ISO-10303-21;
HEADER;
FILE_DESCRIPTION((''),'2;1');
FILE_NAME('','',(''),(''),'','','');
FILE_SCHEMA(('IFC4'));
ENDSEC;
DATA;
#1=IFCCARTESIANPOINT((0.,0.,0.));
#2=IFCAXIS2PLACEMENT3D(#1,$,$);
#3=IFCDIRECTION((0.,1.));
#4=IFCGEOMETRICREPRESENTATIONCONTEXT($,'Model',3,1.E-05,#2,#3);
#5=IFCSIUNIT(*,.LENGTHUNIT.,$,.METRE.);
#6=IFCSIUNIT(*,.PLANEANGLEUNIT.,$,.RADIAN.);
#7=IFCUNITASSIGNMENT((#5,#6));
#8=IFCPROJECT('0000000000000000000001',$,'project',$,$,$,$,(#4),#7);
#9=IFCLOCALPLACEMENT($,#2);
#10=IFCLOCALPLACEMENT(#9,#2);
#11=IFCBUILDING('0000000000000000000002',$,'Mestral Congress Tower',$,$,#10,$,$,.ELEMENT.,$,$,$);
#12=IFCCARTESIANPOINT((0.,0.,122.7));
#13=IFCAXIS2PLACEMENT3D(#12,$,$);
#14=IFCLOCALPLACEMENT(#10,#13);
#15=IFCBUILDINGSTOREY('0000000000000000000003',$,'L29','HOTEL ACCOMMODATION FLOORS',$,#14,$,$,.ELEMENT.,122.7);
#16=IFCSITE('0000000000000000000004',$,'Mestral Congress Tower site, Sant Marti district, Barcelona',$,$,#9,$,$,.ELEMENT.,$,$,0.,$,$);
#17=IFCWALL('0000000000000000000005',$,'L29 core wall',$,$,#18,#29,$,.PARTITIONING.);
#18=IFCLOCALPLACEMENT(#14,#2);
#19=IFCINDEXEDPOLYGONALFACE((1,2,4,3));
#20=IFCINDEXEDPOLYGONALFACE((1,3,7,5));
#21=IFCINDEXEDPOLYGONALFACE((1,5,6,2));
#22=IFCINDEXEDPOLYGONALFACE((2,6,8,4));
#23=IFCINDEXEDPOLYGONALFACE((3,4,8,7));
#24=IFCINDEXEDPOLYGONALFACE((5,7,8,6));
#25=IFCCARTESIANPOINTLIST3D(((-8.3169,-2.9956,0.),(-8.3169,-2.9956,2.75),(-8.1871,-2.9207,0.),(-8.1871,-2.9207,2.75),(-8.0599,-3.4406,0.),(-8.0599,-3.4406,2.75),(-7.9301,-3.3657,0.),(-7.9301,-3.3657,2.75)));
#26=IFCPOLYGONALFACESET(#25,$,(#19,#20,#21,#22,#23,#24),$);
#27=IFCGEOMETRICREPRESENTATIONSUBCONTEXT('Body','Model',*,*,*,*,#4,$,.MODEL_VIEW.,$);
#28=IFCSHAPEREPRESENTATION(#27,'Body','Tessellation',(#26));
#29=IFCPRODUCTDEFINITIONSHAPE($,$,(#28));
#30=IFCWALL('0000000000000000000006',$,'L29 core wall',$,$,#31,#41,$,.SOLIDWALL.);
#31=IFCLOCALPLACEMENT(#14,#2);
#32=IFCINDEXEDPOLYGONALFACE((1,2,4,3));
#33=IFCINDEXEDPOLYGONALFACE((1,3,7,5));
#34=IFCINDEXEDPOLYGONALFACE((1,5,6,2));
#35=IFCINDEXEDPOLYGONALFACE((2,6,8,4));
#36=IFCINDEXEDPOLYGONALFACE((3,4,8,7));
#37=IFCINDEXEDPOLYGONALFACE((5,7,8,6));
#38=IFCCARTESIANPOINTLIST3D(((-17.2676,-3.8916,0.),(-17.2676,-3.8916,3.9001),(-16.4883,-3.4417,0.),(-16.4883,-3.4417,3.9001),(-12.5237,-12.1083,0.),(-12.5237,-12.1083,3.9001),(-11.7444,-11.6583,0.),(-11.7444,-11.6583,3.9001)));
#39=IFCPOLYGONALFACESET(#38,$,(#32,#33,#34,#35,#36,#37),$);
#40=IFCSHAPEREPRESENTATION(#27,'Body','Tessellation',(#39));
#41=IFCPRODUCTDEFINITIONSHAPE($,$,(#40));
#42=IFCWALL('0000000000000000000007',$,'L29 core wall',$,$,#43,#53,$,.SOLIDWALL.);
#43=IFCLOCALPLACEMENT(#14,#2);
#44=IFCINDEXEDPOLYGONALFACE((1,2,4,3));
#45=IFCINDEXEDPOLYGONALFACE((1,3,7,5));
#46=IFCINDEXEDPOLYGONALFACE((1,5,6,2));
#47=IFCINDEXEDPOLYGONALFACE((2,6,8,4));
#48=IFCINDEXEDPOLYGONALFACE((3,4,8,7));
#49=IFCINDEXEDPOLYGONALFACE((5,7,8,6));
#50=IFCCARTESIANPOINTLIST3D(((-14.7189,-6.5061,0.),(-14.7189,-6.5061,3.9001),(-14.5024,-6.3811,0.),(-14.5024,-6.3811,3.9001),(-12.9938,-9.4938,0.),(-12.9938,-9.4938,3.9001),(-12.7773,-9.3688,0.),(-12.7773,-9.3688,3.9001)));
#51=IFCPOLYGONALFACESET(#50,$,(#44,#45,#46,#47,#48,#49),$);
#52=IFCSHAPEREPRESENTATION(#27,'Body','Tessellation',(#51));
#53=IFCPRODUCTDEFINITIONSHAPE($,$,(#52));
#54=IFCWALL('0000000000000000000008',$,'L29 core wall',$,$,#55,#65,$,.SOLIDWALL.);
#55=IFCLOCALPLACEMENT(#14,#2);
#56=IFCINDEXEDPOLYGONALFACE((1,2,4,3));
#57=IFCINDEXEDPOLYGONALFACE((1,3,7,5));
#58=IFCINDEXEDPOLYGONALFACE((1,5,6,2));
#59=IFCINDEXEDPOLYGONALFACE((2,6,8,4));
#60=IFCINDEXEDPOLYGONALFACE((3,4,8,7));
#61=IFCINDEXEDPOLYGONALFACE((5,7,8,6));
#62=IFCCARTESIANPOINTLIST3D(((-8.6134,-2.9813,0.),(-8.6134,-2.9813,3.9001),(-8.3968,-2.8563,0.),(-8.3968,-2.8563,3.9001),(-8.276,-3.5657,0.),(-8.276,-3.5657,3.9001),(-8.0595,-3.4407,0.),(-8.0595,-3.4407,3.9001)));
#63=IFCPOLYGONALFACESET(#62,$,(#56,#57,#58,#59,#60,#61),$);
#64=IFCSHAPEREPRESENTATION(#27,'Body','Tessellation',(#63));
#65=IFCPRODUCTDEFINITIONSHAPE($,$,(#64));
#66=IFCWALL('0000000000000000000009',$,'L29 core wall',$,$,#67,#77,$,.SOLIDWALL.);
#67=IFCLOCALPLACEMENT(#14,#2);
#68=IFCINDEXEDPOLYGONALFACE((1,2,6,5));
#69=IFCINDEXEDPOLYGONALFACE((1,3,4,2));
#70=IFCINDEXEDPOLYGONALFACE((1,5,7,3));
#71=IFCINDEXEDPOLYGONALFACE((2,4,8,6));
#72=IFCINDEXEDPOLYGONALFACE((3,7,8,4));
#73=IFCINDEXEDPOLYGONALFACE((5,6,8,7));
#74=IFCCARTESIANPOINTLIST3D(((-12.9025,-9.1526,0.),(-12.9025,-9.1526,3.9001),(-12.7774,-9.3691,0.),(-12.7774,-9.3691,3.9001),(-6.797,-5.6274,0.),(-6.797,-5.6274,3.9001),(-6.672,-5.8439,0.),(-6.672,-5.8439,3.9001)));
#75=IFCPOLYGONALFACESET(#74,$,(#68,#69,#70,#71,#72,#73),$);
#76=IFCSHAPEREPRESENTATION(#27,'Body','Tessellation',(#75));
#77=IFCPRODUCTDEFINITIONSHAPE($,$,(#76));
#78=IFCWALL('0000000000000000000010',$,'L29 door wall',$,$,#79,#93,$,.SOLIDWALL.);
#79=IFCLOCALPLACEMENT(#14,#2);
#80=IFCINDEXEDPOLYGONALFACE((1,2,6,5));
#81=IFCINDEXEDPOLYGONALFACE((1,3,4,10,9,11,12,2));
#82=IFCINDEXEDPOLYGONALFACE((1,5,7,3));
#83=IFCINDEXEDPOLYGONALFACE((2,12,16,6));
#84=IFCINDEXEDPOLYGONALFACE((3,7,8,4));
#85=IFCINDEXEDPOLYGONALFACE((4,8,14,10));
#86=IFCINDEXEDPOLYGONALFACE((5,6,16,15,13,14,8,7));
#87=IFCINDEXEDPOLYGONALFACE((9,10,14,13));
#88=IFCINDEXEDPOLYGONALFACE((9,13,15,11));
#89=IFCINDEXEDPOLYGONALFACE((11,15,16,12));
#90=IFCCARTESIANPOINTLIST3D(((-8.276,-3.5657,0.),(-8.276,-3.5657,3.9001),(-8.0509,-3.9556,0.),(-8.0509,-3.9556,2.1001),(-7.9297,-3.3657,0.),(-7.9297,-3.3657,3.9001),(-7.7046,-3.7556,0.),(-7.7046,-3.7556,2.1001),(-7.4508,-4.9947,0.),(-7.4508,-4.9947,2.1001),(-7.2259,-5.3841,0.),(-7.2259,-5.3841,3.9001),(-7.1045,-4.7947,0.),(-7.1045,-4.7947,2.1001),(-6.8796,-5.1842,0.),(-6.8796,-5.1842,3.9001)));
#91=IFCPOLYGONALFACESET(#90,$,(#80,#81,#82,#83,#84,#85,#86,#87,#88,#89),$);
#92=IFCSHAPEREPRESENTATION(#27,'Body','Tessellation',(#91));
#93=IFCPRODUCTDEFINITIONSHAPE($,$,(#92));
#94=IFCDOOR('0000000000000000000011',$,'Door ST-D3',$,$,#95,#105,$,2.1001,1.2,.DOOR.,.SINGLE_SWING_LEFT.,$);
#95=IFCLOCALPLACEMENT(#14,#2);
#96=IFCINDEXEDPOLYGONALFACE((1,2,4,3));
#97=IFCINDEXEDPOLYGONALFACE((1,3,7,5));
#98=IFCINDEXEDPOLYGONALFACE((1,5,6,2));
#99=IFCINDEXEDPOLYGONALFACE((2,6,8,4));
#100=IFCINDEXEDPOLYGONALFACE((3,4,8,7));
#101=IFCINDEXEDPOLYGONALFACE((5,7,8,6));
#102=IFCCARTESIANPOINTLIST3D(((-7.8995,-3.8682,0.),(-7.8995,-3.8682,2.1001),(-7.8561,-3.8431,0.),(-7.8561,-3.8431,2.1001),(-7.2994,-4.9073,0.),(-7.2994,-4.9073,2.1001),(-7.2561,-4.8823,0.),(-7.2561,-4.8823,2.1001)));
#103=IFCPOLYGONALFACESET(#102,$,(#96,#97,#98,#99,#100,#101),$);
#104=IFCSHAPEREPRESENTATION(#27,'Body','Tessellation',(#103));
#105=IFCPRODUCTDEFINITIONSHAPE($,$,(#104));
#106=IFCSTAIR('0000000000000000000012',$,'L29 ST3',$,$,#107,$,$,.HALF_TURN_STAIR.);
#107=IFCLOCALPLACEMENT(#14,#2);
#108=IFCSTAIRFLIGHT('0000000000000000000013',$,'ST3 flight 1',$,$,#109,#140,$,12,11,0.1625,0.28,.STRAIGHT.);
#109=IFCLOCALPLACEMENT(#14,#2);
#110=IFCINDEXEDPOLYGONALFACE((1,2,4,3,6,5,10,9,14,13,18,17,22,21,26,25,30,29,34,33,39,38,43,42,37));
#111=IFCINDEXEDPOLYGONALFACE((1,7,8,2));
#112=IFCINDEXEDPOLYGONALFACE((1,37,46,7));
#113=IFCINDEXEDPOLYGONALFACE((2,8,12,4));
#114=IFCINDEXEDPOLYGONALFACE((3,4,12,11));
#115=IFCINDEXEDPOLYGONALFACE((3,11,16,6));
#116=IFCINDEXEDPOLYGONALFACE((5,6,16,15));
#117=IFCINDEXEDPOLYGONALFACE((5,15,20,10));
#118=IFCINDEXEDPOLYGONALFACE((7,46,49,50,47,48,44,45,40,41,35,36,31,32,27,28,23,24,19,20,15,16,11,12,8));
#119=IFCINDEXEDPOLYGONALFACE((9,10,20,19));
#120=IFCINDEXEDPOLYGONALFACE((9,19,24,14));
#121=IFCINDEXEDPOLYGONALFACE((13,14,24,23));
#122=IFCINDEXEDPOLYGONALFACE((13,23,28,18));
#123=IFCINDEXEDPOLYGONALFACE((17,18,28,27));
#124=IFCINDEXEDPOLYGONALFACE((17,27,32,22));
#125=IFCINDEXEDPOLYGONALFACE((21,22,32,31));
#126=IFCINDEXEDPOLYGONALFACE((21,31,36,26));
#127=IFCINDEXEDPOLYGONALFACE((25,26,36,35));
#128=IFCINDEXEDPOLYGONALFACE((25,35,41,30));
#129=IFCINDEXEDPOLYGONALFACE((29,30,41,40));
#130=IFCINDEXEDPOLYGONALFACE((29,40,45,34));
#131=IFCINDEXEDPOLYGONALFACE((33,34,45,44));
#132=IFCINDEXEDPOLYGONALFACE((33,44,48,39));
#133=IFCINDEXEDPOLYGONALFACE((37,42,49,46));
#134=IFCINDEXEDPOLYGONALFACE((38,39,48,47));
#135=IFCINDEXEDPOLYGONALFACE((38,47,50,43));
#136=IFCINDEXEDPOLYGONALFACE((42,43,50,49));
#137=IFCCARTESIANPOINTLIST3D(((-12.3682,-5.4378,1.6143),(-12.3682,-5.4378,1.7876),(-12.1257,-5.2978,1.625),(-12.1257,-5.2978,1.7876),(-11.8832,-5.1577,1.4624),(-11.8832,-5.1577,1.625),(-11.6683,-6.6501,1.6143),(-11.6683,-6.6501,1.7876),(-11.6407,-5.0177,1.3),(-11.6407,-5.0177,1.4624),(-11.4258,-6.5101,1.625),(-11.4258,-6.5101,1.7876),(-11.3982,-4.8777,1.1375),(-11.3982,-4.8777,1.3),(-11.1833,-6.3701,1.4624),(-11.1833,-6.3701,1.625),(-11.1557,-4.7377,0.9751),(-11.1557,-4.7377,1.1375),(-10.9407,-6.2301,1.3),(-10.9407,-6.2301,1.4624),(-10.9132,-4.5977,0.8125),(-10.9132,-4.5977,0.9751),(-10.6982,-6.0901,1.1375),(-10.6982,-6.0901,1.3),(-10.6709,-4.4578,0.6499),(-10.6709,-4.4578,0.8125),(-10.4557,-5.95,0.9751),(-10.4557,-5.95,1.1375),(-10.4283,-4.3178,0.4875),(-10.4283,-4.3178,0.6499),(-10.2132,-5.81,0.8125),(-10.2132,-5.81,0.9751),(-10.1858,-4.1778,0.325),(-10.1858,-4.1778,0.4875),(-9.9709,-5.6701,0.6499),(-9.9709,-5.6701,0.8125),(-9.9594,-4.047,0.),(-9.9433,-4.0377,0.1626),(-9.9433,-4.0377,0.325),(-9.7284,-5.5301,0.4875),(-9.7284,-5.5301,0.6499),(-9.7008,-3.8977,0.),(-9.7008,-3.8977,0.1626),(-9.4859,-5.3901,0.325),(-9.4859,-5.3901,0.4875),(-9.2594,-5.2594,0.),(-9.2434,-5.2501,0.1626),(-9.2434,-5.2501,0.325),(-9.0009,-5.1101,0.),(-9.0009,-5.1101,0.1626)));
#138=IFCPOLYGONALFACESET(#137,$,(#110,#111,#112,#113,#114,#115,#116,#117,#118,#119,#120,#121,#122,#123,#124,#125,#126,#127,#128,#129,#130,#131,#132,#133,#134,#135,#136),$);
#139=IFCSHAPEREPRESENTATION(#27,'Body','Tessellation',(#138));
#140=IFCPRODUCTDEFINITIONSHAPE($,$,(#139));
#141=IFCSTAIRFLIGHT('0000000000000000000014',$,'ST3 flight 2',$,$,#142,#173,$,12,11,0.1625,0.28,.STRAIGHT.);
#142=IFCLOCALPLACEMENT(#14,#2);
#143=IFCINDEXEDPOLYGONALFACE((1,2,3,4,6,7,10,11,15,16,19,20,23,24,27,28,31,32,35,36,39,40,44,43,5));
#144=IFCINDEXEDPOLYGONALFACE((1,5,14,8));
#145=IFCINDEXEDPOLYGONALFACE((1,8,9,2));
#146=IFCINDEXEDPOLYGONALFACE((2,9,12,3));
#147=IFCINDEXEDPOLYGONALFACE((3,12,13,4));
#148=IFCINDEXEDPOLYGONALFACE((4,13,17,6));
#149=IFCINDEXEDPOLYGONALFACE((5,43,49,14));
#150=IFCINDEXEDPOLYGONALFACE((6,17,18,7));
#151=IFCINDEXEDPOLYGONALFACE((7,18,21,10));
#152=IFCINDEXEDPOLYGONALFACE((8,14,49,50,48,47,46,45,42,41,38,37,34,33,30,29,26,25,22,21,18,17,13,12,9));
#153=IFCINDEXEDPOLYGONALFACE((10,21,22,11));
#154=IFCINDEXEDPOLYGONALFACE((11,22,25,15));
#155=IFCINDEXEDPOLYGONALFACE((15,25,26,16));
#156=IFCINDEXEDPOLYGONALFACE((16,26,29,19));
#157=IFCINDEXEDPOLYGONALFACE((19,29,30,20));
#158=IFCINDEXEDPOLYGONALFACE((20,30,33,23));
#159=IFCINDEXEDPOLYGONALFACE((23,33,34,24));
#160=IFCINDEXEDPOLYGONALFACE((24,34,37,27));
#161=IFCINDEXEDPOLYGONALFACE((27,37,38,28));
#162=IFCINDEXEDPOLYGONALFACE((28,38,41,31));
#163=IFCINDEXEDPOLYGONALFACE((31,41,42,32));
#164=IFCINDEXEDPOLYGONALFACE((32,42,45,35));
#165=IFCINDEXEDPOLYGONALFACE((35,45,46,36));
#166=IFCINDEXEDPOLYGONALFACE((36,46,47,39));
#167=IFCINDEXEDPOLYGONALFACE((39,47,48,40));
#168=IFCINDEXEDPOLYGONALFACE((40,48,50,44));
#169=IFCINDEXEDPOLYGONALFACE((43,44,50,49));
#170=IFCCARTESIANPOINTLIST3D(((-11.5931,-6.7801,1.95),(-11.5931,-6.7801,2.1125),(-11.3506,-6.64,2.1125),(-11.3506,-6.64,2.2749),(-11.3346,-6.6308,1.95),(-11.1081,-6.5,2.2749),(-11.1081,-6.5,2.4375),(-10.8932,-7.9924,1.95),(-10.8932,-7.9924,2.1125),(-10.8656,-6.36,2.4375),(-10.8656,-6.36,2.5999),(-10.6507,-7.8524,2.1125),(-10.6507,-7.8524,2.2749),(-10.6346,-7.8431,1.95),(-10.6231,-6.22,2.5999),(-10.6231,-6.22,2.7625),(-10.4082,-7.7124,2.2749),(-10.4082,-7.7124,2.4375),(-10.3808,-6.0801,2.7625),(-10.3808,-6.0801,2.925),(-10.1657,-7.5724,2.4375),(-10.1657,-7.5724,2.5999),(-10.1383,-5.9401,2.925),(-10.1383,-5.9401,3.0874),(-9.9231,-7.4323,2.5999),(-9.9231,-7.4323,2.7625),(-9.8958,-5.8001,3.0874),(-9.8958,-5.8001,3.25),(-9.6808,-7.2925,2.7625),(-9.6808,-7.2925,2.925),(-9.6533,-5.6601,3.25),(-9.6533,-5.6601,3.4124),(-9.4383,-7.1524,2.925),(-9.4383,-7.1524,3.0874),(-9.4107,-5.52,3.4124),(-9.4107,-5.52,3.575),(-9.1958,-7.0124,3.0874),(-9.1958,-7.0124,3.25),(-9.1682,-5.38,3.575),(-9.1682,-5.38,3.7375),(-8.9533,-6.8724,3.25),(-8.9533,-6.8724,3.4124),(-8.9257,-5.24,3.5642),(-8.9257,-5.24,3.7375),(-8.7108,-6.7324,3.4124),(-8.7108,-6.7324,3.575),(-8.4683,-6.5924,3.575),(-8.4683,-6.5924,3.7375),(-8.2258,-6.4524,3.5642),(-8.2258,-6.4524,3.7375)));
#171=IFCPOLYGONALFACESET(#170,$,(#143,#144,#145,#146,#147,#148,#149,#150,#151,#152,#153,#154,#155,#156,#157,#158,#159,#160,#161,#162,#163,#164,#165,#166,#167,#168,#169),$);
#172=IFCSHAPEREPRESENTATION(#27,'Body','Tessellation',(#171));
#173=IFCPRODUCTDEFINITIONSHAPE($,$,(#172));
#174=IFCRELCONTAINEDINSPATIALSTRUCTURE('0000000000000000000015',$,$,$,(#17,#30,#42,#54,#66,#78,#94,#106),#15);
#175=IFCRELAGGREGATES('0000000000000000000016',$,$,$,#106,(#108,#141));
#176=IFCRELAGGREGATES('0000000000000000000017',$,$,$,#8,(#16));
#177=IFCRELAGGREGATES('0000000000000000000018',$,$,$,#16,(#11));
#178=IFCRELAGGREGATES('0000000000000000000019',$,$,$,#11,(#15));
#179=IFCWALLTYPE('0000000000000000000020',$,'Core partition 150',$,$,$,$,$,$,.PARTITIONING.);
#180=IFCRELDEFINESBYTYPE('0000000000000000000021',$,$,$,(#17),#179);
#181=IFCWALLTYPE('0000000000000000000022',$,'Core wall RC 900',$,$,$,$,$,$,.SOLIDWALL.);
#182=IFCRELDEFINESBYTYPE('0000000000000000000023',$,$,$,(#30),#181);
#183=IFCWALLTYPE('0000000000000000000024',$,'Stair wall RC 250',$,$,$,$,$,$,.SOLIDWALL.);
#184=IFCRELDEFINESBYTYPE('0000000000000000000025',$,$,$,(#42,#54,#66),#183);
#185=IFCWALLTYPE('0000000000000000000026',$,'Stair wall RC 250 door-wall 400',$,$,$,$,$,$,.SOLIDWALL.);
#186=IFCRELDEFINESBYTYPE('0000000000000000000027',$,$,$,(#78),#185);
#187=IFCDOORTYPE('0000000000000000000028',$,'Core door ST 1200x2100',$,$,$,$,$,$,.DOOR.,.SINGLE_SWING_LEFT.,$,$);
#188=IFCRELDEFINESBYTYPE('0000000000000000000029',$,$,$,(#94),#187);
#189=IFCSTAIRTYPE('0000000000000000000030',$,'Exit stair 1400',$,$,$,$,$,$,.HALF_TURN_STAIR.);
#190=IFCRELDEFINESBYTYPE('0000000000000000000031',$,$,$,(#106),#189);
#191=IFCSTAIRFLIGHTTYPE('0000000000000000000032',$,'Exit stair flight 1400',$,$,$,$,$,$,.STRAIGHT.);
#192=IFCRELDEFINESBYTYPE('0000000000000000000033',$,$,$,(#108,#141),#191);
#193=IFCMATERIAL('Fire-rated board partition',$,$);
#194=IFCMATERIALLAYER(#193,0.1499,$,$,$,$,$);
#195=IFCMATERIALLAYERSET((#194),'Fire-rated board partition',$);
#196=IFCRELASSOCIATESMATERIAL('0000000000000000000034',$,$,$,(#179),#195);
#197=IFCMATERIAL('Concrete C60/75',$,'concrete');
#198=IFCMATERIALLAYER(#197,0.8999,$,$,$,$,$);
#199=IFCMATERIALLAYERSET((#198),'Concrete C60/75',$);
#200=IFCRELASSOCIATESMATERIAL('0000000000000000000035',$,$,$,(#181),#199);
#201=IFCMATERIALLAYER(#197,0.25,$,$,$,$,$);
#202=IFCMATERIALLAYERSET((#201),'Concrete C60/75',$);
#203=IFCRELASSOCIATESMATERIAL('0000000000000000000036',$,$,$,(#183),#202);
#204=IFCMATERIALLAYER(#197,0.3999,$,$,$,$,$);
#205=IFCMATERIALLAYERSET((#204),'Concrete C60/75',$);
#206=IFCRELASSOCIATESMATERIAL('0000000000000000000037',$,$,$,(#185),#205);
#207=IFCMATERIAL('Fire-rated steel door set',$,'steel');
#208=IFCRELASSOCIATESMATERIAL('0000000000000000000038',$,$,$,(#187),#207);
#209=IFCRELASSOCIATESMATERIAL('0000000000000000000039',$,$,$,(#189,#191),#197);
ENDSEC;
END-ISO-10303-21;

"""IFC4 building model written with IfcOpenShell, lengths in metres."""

from ifc_helpers import new_model, si_unit, direction, frame, frame_2d, origin, place, context, subcontext, project, spatial, polyline, rectangle, outline, extrude, material, layer, layer_set, type_object, element, fill, aggregate, save


model = new_model("IFC4")

# Units and contexts
model_context = context("Model", 3, precision=1e-05, world=origin(), true_north=direction((0.0, 1.0)))
body_context = subcontext(model_context, "Body", "Model", "MODEL_VIEW")
ifc_project = project(units=[si_unit("LENGTHUNIT", "METRE"), si_unit("PLANEANGLEUNIT", "RADIAN")], contexts=[model_context])

# Site, building, storey
site_placement = place(None, origin())
site = spatial("IfcSite", under=ifc_project, at=site_placement, Name="Mestral Congress Tower site, Sant Marti district, Barcelona", CompositionType="ELEMENT", RefElevation=0.0)
building_placement = place(site_placement, origin())
building = spatial("IfcBuilding", under=site, at=building_placement, Name="Mestral Congress Tower", CompositionType="ELEMENT")
storey_placement = place(building_placement, frame((0.0, 0.0, 122.7)))
storey = spatial("IfcBuildingStorey", under=building, at=storey_placement, Name="L29", Description="HOTEL ACCOMMODATION FLOORS", CompositionType="ELEMENT", Elevation=122.7)

# Walls
ifc_material_1 = material(Name="Fire-rated board partition")
ifc_layer_1 = layer(ifc_material_1, 0.1499)
ifc_layer_set_1 = layer_set([ifc_layer_1], Name="Fire-rated board partition")
wall_type_1 = type_object("IfcWallType", Name="Core partition 150", PredefinedType="PARTITIONING", material=ifc_layer_set_1)
wall_1_placement = place(storey_placement, frame((-8.252, -2.9583, 0.0), z_axis=(0.0, 0.0, 1.0), x_axis=(0.500175, -0.865925, 0.0)))
element("IfcWall", 1, at=wall_1_placement, inside=storey, type_object=wall_type_1, Name="L29 core wall", PredefinedType="PARTITIONING", context=body_context, shape_type="SweptSolid", body=[
    extrude(rectangle(XDim=0.5139, YDim=0.1499, at=frame_2d((0.2568, 0.0))), origin(), (0.0, 0.0, 1.0), 2.75),
])
ifc_material_2 = material(Name="Concrete C60/75", Category="concrete")
ifc_layer_2 = layer(ifc_material_2, 0.8999)
ifc_layer_set_2 = layer_set([ifc_layer_2], Name="Concrete C60/75")
wall_type_2 = type_object("IfcWallType", Name="Core wall RC 900", PredefinedType="SOLIDWALL", material=ifc_layer_set_2)
wall_2_placement = place(storey_placement, frame((-12.134, -11.8833, 0.0), z_axis=(0.0, 0.0, 1.0), x_axis=(-0.500005, 0.866022, 0.0)))
element("IfcWall", 2, at=wall_2_placement, inside=storey, type_object=wall_type_2, Name="L29 core wall", PredefinedType="SOLIDWALL", context=body_context, shape_type="SweptSolid", body=[
    extrude(rectangle(XDim=9.4878, YDim=0.8999, at=frame_2d((4.7439, 0.0))), origin(), (0.0, 0.0, 1.0), 3.9001),
])
ifc_layer_3 = layer(ifc_material_2, 0.25)
ifc_layer_set_3 = layer_set([ifc_layer_3], Name="Concrete C60/75")
wall_type_3 = type_object("IfcWallType", Name="Stair wall RC 250", PredefinedType="SOLIDWALL", material=ifc_layer_set_3)
wall_3_placement = place(storey_placement, frame((-12.8855, -9.4314, 0.0), z_axis=(0.0, 0.0, 1.0), x_axis=(-0.500021, 0.866014, 0.0)))
element("IfcWall", 3, at=wall_3_placement, inside=storey, type_object=wall_type_3, Name="L29 core wall", PredefinedType="SOLIDWALL", context=body_context, shape_type="SweptSolid", body=[
    extrude(rectangle(XDim=3.45, YDim=0.25, at=frame_2d((1.7251, 0.0))), origin(), (0.0, 0.0, 1.0), 3.9001),
])
wall_4_placement = place(storey_placement, frame((-8.1677, -3.5032, 0.0), z_axis=(0.0, 0.0, 1.0), x_axis=(-0.499952, 0.866053, 0.0)))
element("IfcWall", 4, at=wall_4_placement, inside=storey, type_object=wall_type_3, Name="L29 core wall", PredefinedType="SOLIDWALL", context=body_context, shape_type="SweptSolid", body=[
    extrude(rectangle(XDim=0.6748, YDim=0.25, at=frame_2d((0.3374, 0.0))), origin(), (0.0, 0.0, 1.0), 3.9001),
])
wall_5_placement = place(storey_placement, frame((-12.8398, -9.2607, 0.0), z_axis=(0.0, 0.0, 1.0), x_axis=(0.866016, 0.500016, 0.0)))
element("IfcWall", 5, at=wall_5_placement, inside=storey, type_object=wall_type_3, Name="L29 core wall", PredefinedType="SOLIDWALL", context=body_context, shape_type="SweptSolid", body=[
    extrude(rectangle(XDim=7.05, YDim=0.25, at=frame_2d((3.5249, 0.0))), origin(), (0.0, 0.0, 1.0), 3.9001),
])

# Wall, opening, door
ifc_layer_4 = layer(ifc_material_2, 0.3999)
ifc_layer_set_4 = layer_set([ifc_layer_4], Name="Concrete C60/75")
wall_type_4 = type_object("IfcWallType", Name="Stair wall RC 250 door-wall 400", PredefinedType="SOLIDWALL", material=ifc_layer_set_4)
wall_6_placement = place(storey_placement, frame((-8.1028, -3.4658, 0.0), z_axis=(0.0, 0.0, 1.0), x_axis=(0.500078, -0.86598, 0.0)))
wall_6 = element("IfcWall", 6, at=wall_6_placement, inside=storey, type_object=wall_type_4, Name="L29 door wall", PredefinedType="SOLIDWALL", context=body_context, shape_type="SweptSolid", body=[
    extrude(rectangle(XDim=2.0999, YDim=0.3999, at=frame_2d((1.0498, 0.0))), origin(), (0.0, 0.0, 1.0), 3.9001),
])
opening_placement = place(wall_6_placement, frame((0.45, 0.0, 0.0)))
opening = element("IfcOpeningElement", 7, at=opening_placement, cuts=wall_6, PredefinedType="OPENING", context=body_context, shape_type="SweptSolid", body=[
    extrude(rectangle(XDim=1.2, YDim=2.1001, at=frame_2d((0.6001, 1.05))), frame((0.0, 0.21, 0.0), z_axis=(0.0, -1.0, 0.0), x_axis=(1.0, 0.0, 0.0)), (0.0, 0.0, 1.0), 0.4199),
])
ifc_material_3 = material(Name="Fire-rated steel door set", Category="steel")
door_type = type_object("IfcDoorType", Name="Core door ST 1200x2100", OperationType="SINGLE_SWING_LEFT", PredefinedType="DOOR", material=ifc_material_3)
door_placement = place(opening_placement, origin())
door = element("IfcDoor", 8, at=door_placement, inside=storey, type_object=door_type, Name="Door ST-D3", OperationType="SINGLE_SWING_LEFT", OverallHeight=2.1001, OverallWidth=1.2, PredefinedType="DOOR", context=body_context, shape_type="SweptSolid", body=[
    extrude(rectangle(XDim=1.2, YDim=2.1001, at=frame_2d((0.6001, 1.05))), frame((0.0, 0.0249, 0.0), z_axis=(0.0, -1.0, 0.0), x_axis=(1.0, 0.0, 0.0)), (0.0, 0.0, 1.0), 0.05),
])
fill(opening, door)

# Stair, stair flights
stair_type = type_object("IfcStairType", Name="Exit stair 1400", PredefinedType="HALF_TURN_STAIR", material=ifc_material_2)
stair_placement = place(storey_placement, origin())
stair = element("IfcStair", 9, at=stair_placement, inside=storey, type_object=stair_type, Name="L29 ST3", PredefinedType="HALF_TURN_STAIR")
stair_flight_type = type_object("IfcStairFlightType", Name="Exit stair flight 1400", PredefinedType="STRAIGHT", material=ifc_material_2)
stair_flight_1_placement = place(storey_placement, frame((-9.3508, -4.5039, 0.0), z_axis=(0.0, 0.0, 1.0), x_axis=(-0.866025, -0.5, 0.0)))
stair_flight_1 = element("IfcStairFlight", 10, at=stair_flight_1_placement, type_object=stair_flight_type, Name="ST3 flight 1", NumberOfRisers=12, NumberOfTreads=11, PredefinedType="STRAIGHT", RiserHeight=0.1625, TreadLength=0.28, context=body_context, shape_type="SweptSolid", body=[
    extrude(outline(polyline([(0.0, 0.0), (0.0, 0.1626), (0.28, 0.1626), (0.28, 0.325), (0.5601, 0.325), (0.5601, 0.4875), (0.8401, 0.4875), (0.8401, 0.6499), (1.1201, 0.6499), (1.1201, 0.8125), (1.3999, 0.8125), (1.3999, 0.9751), (1.6799, 0.9751), (1.6799, 1.1375), (1.96, 1.1375), (1.96, 1.3), (2.24, 1.3), (2.24, 1.4624), (2.52, 1.4624), (2.52, 1.625), (2.8, 1.625), (2.8, 1.7876), (3.0801, 1.7876), (3.0801, 1.95), (3.0801, 1.6143), (0.2986, 0.0), (0.0, 0.0)])), frame((0.0, 0.7, 0.0), z_axis=(0.0, -1.0, 0.0), x_axis=(1.0, 0.0, 0.0)), (0.0, 0.0, 1.0), 1.3999),
])
stair_flight_2_placement = place(storey_placement, frame((-11.2432, -7.3862, 1.95), z_axis=(0.0, 0.0, 1.0), x_axis=(0.866025, 0.5, 0.0)))
stair_flight_2 = element("IfcStairFlight", 11, at=stair_flight_2_placement, type_object=stair_flight_type, Name="ST3 flight 2", NumberOfRisers=12, NumberOfTreads=11, PredefinedType="STRAIGHT", RiserHeight=0.1625, TreadLength=0.28, context=body_context, shape_type="SweptSolid", body=[
    extrude(outline(polyline([(0.0, 0.0), (0.0, 0.1626), (0.28, 0.1626), (0.28, 0.325), (0.5601, 0.325), (0.5601, 0.4875), (0.8401, 0.4875), (0.8401, 0.6499), (1.1201, 0.6499), (1.1201, 0.8125), (1.3999, 0.8125), (1.3999, 0.9751), (1.6799, 0.9751), (1.6799, 1.1375), (1.96, 1.1375), (1.96, 1.3), (2.24, 1.3), (2.24, 1.4624), (2.52, 1.4624), (2.52, 1.625), (2.8, 1.625), (2.8, 1.7876), (3.0801, 1.7876), (3.0801, 1.95), (3.0801, 1.6143), (0.2986, 0.0), (0.0, 0.0)])), frame((0.0, 0.7, 0.0), z_axis=(0.0, -1.0, 0.0), x_axis=(1.0, 0.0, 0.0)), (0.0, 0.0, 1.0), 1.3999),
])
aggregate(stair, [stair_flight_1, stair_flight_2])

save(model, "model.ifc")
